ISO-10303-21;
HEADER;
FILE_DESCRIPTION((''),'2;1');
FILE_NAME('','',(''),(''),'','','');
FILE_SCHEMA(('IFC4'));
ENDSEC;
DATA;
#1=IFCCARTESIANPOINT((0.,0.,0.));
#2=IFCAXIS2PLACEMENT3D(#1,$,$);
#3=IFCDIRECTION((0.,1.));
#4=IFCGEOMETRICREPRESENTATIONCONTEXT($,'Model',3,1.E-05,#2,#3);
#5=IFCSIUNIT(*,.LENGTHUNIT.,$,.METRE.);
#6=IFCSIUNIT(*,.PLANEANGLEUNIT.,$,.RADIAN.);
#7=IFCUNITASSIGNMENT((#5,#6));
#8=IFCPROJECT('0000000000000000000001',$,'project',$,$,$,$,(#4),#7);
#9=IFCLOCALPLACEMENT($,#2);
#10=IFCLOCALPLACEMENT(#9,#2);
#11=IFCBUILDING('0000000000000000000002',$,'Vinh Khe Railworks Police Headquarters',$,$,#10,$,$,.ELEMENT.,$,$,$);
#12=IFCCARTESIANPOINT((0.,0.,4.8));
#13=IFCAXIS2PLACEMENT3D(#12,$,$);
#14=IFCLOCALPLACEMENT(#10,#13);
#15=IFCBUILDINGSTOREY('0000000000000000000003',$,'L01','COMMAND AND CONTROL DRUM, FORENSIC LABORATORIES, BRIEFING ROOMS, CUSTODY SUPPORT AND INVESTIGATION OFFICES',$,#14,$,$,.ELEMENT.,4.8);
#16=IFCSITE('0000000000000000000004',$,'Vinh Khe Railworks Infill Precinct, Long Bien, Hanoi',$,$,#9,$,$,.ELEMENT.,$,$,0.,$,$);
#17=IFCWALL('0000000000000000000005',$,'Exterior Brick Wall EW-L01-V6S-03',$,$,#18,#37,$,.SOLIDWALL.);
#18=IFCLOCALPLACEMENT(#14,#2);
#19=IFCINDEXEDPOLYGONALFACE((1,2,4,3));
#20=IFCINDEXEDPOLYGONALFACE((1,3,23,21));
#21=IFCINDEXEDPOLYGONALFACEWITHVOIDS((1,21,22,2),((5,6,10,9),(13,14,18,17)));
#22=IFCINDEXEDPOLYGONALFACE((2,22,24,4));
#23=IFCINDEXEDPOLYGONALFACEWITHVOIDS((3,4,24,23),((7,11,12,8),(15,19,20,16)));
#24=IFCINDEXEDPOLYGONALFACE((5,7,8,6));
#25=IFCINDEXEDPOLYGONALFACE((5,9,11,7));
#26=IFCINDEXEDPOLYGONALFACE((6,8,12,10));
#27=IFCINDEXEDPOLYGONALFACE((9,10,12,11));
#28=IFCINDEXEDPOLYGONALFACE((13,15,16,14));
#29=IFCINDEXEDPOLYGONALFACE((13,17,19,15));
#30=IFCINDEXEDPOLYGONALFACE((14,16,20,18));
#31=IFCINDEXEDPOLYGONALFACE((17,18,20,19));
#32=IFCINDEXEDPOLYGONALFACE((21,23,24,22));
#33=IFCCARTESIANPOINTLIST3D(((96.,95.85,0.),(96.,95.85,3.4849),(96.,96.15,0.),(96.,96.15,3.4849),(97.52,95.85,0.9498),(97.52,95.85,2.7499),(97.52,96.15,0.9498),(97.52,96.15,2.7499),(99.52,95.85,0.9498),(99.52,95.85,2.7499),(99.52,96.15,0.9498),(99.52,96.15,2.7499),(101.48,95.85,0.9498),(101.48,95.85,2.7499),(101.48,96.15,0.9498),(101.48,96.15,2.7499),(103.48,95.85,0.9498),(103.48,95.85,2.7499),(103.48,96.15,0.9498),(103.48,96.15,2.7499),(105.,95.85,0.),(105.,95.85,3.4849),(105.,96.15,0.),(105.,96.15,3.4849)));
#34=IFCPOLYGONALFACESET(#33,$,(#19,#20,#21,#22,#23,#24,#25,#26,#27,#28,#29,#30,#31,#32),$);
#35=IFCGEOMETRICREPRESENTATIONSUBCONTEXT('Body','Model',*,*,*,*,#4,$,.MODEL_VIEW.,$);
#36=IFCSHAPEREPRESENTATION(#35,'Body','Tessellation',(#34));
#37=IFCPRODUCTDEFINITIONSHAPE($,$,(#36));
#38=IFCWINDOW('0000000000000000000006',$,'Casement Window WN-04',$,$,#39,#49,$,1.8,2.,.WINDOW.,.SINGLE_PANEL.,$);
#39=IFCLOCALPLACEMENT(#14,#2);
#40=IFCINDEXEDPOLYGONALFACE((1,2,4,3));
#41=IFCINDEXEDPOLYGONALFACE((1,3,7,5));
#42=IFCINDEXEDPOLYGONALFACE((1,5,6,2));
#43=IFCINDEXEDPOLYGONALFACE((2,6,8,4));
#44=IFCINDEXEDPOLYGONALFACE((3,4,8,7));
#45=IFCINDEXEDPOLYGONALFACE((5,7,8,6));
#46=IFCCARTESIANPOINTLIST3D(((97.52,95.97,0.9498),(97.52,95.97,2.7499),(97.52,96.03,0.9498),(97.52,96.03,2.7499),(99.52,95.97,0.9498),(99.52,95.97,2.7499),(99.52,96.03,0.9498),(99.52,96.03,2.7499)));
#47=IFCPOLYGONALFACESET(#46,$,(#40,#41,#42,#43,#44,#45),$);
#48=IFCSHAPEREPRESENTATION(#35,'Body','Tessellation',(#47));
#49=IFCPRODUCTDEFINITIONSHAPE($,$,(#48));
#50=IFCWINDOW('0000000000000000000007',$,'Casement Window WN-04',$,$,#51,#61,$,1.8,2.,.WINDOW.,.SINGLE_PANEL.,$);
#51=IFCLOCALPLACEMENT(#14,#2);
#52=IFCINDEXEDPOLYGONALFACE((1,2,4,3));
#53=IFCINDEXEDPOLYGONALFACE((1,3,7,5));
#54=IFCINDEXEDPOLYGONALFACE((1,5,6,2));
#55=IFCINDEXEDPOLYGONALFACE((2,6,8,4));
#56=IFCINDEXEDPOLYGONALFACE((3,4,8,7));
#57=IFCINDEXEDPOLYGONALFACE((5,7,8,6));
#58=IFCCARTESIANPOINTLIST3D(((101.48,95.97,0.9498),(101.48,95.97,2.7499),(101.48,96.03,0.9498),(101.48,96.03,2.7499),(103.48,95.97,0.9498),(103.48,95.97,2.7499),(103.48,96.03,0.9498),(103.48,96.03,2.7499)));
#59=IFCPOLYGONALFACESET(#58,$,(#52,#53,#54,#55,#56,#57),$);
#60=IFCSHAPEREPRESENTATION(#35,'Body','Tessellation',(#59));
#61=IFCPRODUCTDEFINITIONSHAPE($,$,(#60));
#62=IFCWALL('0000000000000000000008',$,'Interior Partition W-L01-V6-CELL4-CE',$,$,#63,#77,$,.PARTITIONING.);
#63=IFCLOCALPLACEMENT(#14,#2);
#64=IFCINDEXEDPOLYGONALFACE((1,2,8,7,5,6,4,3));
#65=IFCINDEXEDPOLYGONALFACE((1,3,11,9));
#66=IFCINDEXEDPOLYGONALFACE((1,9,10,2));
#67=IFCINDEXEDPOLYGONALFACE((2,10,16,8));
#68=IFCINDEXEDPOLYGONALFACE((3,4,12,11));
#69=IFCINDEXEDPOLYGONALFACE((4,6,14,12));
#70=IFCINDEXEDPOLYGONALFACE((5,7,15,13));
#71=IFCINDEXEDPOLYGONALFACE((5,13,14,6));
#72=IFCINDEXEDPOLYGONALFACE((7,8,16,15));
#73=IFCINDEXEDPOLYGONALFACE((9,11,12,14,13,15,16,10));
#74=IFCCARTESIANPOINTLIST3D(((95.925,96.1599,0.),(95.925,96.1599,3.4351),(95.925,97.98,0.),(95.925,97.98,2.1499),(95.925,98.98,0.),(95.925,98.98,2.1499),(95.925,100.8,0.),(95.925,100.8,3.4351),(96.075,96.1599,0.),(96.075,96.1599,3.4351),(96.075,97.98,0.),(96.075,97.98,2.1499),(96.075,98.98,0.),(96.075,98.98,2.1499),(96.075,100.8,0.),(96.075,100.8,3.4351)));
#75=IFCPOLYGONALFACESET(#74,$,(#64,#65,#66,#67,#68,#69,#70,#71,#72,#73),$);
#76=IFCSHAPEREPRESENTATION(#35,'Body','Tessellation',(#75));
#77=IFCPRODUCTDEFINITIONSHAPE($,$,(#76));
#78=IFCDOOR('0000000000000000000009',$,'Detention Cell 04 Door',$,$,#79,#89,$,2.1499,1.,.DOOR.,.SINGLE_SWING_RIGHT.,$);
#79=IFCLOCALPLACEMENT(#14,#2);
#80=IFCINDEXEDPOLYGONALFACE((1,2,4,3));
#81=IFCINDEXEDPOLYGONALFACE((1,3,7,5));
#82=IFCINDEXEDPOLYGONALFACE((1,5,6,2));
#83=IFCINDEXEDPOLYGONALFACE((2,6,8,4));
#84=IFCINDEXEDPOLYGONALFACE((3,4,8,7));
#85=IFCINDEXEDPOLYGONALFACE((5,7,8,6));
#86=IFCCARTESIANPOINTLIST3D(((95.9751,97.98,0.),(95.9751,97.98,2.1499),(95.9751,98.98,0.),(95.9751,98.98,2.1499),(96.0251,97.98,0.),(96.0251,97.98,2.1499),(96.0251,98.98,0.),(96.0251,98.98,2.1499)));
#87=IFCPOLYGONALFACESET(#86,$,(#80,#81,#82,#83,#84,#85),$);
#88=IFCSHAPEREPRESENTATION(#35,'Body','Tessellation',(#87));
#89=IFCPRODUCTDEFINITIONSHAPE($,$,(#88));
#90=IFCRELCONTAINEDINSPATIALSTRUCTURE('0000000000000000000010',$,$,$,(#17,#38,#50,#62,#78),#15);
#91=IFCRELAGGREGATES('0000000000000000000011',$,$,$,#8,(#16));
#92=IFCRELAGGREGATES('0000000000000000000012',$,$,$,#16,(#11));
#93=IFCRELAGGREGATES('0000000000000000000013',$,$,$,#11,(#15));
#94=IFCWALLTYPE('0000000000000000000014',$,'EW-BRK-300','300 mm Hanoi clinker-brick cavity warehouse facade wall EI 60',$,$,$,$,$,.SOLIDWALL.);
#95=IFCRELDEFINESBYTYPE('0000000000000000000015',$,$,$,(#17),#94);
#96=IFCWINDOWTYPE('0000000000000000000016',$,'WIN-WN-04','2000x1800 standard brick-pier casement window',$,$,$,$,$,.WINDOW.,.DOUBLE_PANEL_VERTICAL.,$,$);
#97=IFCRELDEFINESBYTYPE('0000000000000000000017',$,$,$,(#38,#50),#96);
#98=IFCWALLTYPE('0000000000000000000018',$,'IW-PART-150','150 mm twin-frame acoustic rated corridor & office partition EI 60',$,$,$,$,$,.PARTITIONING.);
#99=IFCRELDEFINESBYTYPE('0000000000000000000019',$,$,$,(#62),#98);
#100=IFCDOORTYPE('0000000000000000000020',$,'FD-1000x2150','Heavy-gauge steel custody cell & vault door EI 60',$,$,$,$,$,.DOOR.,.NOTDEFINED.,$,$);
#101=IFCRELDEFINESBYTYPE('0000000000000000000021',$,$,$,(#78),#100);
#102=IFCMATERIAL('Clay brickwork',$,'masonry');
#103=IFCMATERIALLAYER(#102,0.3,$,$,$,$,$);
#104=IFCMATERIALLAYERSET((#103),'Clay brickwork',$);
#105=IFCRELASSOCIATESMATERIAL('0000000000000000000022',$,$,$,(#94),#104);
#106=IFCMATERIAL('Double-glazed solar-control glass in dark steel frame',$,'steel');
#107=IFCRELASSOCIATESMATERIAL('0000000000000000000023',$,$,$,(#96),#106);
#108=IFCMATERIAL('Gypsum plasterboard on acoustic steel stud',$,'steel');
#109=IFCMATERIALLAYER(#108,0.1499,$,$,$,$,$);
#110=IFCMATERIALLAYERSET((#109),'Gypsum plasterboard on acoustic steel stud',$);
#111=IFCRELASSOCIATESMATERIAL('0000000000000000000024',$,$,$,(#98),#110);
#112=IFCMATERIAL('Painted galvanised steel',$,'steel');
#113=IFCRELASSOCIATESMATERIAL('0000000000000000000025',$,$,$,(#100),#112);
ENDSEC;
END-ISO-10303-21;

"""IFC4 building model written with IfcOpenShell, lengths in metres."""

from ifc_helpers import new_model, si_unit, direction, frame, frame_2d, origin, place, context, subcontext, project, spatial, rectangle, extrude, material, layer, layer_set, type_object, element, fill, save


model = new_model("IFC4")

# Units and contexts
model_context = context("Model", 3, precision=1e-05, world=origin(), true_north=direction((0.0, 1.0)))
body_context = subcontext(model_context, "Body", "Model", "MODEL_VIEW")
ifc_project = project(units=[si_unit("LENGTHUNIT", "METRE"), si_unit("PLANEANGLEUNIT", "RADIAN")], contexts=[model_context])

# Site, building, storey
site_placement = place(None, origin())
site = spatial("IfcSite", under=ifc_project, at=site_placement, Name="Vinh Khe Railworks Infill Precinct, Long Bien, Hanoi", CompositionType="ELEMENT", RefElevation=0.0)
building_placement = place(site_placement, origin())
building = spatial("IfcBuilding", under=site, at=building_placement, Name="Vinh Khe Railworks Police Headquarters", CompositionType="ELEMENT")
storey_placement = place(building_placement, frame((0.0, 0.0, 4.8)))
storey = spatial("IfcBuildingStorey", under=building, at=storey_placement, Name="L01", Description="COMMAND AND CONTROL DRUM, FORENSIC LABORATORIES, BRIEFING ROOMS, CUSTODY SUPPORT AND INVESTIGATION OFFICES", CompositionType="ELEMENT", Elevation=4.8)

# Wall, openings, windows
ifc_material_1 = material(Name="Clay brickwork", Category="masonry")
ifc_layer_1 = layer(ifc_material_1, 0.3)
ifc_layer_set_1 = layer_set([ifc_layer_1], Name="Clay brickwork")
wall_type_1 = type_object("IfcWallType", Name="EW-BRK-300", Description="300 mm Hanoi clinker-brick cavity warehouse facade wall EI 60", PredefinedType="SOLIDWALL", material=ifc_layer_set_1)
ifc_material_2 = material(Name="Double-glazed solar-control glass in dark steel frame", Category="steel")
window_type = type_object("IfcWindowType", Name="WIN-WN-04", Description="2000x1800 standard brick-pier casement window", PartitioningType="DOUBLE_PANEL_VERTICAL", PredefinedType="WINDOW", material=ifc_material_2)
wall_1_placement = place(storey_placement, frame((96.0, 96.0, 0.0), z_axis=(0.0, 0.0, 1.0), x_axis=(1.0, 0.0, 0.0)))
wall_1 = element("IfcWall", 1, at=wall_1_placement, inside=storey, type_object=wall_type_1, Name="Exterior Brick Wall EW-L01-V6S-03", PredefinedType="SOLIDWALL", context=body_context, shape_type="SweptSolid", body=[
    extrude(rectangle(XDim=9.0, YDim=0.3, at=frame_2d((4.5, 0.0))), origin(), (0.0, 0.0, 1.0), 3.4849),
])
opening_1_placement = place(wall_1_placement, frame((1.52, 0.0, 0.95)))
opening_1 = element("IfcOpeningElement", 2, at=opening_1_placement, cuts=wall_1, PredefinedType="OPENING", context=body_context, shape_type="SweptSolid", body=[
    extrude(rectangle(XDim=2.0, YDim=1.8, at=frame_2d((1.0, 0.8999))), frame((0.0, 0.165, 0.0), z_axis=(0.0, -1.0, 0.0), x_axis=(1.0, 0.0, 0.0)), (0.0, 0.0, 1.0), 0.3298),
])
opening_2_placement = place(wall_1_placement, frame((5.48, 0.0, 0.95)))
opening_2 = element("IfcOpeningElement", 3, at=opening_2_placement, cuts=wall_1, PredefinedType="OPENING", context=body_context, shape_type="SweptSolid", body=[
    extrude(rectangle(XDim=2.0, YDim=1.8, at=frame_2d((1.0, 0.8999))), frame((0.0, 0.165, 0.0), z_axis=(0.0, -1.0, 0.0), x_axis=(1.0, 0.0, 0.0)), (0.0, 0.0, 1.0), 0.3298),
])
window_1_placement = place(opening_1_placement, origin())
window_1 = element("IfcWindow", 4, at=window_1_placement, inside=storey, type_object=window_type, Name="Casement Window WN-04", OverallHeight=1.8, OverallWidth=2.0, PartitioningType="SINGLE_PANEL", PredefinedType="WINDOW", context=body_context, shape_type="SweptSolid", body=[
    extrude(rectangle(XDim=2.0, YDim=1.8, at=frame_2d((1.0, 0.8999))), frame((0.0, 0.03, 0.0), z_axis=(0.0, -1.0, 0.0), x_axis=(1.0, 0.0, 0.0)), (0.0, 0.0, 1.0), 0.0601),
])
fill(opening_1, window_1)
window_2_placement = place(opening_2_placement, origin())
window_2 = element("IfcWindow", 5, at=window_2_placement, inside=storey, type_object=window_type, Name="Casement Window WN-04", OverallHeight=1.8, OverallWidth=2.0, PartitioningType="SINGLE_PANEL", PredefinedType="WINDOW", context=body_context, shape_type="SweptSolid", body=[
    extrude(rectangle(XDim=2.0, YDim=1.8, at=frame_2d((1.0, 0.8999))), frame((0.0, 0.03, 0.0), z_axis=(0.0, -1.0, 0.0), x_axis=(1.0, 0.0, 0.0)), (0.0, 0.0, 1.0), 0.0601),
])
fill(opening_2, window_2)

# Wall, opening, door
ifc_material_3 = material(Name="Gypsum plasterboard on acoustic steel stud", Category="steel")
ifc_layer_2 = layer(ifc_material_3, 0.1499)
ifc_layer_set_2 = layer_set([ifc_layer_2], Name="Gypsum plasterboard on acoustic steel stud")
wall_type_2 = type_object("IfcWallType", Name="IW-PART-150", Description="150 mm twin-frame acoustic rated corridor & office partition EI 60", PredefinedType="PARTITIONING", material=ifc_layer_set_2)
wall_2_placement = place(storey_placement, frame((96.0, 96.1599, 0.0), z_axis=(0.0, 0.0, 1.0), x_axis=(0.0, 1.0, 0.0)))
wall_2 = element("IfcWall", 6, at=wall_2_placement, inside=storey, type_object=wall_type_2, Name="Interior Partition W-L01-V6-CELL4-CE", PredefinedType="PARTITIONING", context=body_context, shape_type="SweptSolid", body=[
    extrude(rectangle(XDim=4.6401, YDim=0.1499, at=frame_2d((2.3201, 0.0))), origin(), (0.0, 0.0, 1.0), 3.4351),
])
opening_3_placement = place(wall_2_placement, frame((1.8201, 0.0, 0.0)))
opening_3 = element("IfcOpeningElement", 7, at=opening_3_placement, cuts=wall_2, PredefinedType="OPENING", context=body_context, shape_type="SweptSolid", body=[
    extrude(rectangle(XDim=1.0, YDim=2.1499, at=frame_2d((0.5, 1.075))), frame((0.0, 0.0898, 0.0), z_axis=(0.0, -1.0, 0.0), x_axis=(1.0, 0.0, 0.0)), (0.0, 0.0, 1.0), 0.1797),
])
ifc_material_4 = material(Name="Painted galvanised steel", Category="steel")
door_type = type_object("IfcDoorType", Name="FD-1000x2150", Description="Heavy-gauge steel custody cell & vault door EI 60", OperationType="NOTDEFINED", PredefinedType="DOOR", material=ifc_material_4)
door_placement = place(opening_3_placement, origin())
door = element("IfcDoor", 8, at=door_placement, inside=storey, type_object=door_type, Name="Detention Cell 04 Door", OperationType="SINGLE_SWING_RIGHT", OverallHeight=2.1499, OverallWidth=1.0, PredefinedType="DOOR", context=body_context, shape_type="SweptSolid", body=[
    extrude(rectangle(XDim=1.0, YDim=2.1499, at=frame_2d((0.5, 1.075))), frame((0.0, 0.0249, 0.0), z_axis=(0.0, -1.0, 0.0), x_axis=(1.0, 0.0, 0.0)), (0.0, 0.0, 1.0), 0.05),
])
fill(opening_3, door)

save(model, "model.ifc")
